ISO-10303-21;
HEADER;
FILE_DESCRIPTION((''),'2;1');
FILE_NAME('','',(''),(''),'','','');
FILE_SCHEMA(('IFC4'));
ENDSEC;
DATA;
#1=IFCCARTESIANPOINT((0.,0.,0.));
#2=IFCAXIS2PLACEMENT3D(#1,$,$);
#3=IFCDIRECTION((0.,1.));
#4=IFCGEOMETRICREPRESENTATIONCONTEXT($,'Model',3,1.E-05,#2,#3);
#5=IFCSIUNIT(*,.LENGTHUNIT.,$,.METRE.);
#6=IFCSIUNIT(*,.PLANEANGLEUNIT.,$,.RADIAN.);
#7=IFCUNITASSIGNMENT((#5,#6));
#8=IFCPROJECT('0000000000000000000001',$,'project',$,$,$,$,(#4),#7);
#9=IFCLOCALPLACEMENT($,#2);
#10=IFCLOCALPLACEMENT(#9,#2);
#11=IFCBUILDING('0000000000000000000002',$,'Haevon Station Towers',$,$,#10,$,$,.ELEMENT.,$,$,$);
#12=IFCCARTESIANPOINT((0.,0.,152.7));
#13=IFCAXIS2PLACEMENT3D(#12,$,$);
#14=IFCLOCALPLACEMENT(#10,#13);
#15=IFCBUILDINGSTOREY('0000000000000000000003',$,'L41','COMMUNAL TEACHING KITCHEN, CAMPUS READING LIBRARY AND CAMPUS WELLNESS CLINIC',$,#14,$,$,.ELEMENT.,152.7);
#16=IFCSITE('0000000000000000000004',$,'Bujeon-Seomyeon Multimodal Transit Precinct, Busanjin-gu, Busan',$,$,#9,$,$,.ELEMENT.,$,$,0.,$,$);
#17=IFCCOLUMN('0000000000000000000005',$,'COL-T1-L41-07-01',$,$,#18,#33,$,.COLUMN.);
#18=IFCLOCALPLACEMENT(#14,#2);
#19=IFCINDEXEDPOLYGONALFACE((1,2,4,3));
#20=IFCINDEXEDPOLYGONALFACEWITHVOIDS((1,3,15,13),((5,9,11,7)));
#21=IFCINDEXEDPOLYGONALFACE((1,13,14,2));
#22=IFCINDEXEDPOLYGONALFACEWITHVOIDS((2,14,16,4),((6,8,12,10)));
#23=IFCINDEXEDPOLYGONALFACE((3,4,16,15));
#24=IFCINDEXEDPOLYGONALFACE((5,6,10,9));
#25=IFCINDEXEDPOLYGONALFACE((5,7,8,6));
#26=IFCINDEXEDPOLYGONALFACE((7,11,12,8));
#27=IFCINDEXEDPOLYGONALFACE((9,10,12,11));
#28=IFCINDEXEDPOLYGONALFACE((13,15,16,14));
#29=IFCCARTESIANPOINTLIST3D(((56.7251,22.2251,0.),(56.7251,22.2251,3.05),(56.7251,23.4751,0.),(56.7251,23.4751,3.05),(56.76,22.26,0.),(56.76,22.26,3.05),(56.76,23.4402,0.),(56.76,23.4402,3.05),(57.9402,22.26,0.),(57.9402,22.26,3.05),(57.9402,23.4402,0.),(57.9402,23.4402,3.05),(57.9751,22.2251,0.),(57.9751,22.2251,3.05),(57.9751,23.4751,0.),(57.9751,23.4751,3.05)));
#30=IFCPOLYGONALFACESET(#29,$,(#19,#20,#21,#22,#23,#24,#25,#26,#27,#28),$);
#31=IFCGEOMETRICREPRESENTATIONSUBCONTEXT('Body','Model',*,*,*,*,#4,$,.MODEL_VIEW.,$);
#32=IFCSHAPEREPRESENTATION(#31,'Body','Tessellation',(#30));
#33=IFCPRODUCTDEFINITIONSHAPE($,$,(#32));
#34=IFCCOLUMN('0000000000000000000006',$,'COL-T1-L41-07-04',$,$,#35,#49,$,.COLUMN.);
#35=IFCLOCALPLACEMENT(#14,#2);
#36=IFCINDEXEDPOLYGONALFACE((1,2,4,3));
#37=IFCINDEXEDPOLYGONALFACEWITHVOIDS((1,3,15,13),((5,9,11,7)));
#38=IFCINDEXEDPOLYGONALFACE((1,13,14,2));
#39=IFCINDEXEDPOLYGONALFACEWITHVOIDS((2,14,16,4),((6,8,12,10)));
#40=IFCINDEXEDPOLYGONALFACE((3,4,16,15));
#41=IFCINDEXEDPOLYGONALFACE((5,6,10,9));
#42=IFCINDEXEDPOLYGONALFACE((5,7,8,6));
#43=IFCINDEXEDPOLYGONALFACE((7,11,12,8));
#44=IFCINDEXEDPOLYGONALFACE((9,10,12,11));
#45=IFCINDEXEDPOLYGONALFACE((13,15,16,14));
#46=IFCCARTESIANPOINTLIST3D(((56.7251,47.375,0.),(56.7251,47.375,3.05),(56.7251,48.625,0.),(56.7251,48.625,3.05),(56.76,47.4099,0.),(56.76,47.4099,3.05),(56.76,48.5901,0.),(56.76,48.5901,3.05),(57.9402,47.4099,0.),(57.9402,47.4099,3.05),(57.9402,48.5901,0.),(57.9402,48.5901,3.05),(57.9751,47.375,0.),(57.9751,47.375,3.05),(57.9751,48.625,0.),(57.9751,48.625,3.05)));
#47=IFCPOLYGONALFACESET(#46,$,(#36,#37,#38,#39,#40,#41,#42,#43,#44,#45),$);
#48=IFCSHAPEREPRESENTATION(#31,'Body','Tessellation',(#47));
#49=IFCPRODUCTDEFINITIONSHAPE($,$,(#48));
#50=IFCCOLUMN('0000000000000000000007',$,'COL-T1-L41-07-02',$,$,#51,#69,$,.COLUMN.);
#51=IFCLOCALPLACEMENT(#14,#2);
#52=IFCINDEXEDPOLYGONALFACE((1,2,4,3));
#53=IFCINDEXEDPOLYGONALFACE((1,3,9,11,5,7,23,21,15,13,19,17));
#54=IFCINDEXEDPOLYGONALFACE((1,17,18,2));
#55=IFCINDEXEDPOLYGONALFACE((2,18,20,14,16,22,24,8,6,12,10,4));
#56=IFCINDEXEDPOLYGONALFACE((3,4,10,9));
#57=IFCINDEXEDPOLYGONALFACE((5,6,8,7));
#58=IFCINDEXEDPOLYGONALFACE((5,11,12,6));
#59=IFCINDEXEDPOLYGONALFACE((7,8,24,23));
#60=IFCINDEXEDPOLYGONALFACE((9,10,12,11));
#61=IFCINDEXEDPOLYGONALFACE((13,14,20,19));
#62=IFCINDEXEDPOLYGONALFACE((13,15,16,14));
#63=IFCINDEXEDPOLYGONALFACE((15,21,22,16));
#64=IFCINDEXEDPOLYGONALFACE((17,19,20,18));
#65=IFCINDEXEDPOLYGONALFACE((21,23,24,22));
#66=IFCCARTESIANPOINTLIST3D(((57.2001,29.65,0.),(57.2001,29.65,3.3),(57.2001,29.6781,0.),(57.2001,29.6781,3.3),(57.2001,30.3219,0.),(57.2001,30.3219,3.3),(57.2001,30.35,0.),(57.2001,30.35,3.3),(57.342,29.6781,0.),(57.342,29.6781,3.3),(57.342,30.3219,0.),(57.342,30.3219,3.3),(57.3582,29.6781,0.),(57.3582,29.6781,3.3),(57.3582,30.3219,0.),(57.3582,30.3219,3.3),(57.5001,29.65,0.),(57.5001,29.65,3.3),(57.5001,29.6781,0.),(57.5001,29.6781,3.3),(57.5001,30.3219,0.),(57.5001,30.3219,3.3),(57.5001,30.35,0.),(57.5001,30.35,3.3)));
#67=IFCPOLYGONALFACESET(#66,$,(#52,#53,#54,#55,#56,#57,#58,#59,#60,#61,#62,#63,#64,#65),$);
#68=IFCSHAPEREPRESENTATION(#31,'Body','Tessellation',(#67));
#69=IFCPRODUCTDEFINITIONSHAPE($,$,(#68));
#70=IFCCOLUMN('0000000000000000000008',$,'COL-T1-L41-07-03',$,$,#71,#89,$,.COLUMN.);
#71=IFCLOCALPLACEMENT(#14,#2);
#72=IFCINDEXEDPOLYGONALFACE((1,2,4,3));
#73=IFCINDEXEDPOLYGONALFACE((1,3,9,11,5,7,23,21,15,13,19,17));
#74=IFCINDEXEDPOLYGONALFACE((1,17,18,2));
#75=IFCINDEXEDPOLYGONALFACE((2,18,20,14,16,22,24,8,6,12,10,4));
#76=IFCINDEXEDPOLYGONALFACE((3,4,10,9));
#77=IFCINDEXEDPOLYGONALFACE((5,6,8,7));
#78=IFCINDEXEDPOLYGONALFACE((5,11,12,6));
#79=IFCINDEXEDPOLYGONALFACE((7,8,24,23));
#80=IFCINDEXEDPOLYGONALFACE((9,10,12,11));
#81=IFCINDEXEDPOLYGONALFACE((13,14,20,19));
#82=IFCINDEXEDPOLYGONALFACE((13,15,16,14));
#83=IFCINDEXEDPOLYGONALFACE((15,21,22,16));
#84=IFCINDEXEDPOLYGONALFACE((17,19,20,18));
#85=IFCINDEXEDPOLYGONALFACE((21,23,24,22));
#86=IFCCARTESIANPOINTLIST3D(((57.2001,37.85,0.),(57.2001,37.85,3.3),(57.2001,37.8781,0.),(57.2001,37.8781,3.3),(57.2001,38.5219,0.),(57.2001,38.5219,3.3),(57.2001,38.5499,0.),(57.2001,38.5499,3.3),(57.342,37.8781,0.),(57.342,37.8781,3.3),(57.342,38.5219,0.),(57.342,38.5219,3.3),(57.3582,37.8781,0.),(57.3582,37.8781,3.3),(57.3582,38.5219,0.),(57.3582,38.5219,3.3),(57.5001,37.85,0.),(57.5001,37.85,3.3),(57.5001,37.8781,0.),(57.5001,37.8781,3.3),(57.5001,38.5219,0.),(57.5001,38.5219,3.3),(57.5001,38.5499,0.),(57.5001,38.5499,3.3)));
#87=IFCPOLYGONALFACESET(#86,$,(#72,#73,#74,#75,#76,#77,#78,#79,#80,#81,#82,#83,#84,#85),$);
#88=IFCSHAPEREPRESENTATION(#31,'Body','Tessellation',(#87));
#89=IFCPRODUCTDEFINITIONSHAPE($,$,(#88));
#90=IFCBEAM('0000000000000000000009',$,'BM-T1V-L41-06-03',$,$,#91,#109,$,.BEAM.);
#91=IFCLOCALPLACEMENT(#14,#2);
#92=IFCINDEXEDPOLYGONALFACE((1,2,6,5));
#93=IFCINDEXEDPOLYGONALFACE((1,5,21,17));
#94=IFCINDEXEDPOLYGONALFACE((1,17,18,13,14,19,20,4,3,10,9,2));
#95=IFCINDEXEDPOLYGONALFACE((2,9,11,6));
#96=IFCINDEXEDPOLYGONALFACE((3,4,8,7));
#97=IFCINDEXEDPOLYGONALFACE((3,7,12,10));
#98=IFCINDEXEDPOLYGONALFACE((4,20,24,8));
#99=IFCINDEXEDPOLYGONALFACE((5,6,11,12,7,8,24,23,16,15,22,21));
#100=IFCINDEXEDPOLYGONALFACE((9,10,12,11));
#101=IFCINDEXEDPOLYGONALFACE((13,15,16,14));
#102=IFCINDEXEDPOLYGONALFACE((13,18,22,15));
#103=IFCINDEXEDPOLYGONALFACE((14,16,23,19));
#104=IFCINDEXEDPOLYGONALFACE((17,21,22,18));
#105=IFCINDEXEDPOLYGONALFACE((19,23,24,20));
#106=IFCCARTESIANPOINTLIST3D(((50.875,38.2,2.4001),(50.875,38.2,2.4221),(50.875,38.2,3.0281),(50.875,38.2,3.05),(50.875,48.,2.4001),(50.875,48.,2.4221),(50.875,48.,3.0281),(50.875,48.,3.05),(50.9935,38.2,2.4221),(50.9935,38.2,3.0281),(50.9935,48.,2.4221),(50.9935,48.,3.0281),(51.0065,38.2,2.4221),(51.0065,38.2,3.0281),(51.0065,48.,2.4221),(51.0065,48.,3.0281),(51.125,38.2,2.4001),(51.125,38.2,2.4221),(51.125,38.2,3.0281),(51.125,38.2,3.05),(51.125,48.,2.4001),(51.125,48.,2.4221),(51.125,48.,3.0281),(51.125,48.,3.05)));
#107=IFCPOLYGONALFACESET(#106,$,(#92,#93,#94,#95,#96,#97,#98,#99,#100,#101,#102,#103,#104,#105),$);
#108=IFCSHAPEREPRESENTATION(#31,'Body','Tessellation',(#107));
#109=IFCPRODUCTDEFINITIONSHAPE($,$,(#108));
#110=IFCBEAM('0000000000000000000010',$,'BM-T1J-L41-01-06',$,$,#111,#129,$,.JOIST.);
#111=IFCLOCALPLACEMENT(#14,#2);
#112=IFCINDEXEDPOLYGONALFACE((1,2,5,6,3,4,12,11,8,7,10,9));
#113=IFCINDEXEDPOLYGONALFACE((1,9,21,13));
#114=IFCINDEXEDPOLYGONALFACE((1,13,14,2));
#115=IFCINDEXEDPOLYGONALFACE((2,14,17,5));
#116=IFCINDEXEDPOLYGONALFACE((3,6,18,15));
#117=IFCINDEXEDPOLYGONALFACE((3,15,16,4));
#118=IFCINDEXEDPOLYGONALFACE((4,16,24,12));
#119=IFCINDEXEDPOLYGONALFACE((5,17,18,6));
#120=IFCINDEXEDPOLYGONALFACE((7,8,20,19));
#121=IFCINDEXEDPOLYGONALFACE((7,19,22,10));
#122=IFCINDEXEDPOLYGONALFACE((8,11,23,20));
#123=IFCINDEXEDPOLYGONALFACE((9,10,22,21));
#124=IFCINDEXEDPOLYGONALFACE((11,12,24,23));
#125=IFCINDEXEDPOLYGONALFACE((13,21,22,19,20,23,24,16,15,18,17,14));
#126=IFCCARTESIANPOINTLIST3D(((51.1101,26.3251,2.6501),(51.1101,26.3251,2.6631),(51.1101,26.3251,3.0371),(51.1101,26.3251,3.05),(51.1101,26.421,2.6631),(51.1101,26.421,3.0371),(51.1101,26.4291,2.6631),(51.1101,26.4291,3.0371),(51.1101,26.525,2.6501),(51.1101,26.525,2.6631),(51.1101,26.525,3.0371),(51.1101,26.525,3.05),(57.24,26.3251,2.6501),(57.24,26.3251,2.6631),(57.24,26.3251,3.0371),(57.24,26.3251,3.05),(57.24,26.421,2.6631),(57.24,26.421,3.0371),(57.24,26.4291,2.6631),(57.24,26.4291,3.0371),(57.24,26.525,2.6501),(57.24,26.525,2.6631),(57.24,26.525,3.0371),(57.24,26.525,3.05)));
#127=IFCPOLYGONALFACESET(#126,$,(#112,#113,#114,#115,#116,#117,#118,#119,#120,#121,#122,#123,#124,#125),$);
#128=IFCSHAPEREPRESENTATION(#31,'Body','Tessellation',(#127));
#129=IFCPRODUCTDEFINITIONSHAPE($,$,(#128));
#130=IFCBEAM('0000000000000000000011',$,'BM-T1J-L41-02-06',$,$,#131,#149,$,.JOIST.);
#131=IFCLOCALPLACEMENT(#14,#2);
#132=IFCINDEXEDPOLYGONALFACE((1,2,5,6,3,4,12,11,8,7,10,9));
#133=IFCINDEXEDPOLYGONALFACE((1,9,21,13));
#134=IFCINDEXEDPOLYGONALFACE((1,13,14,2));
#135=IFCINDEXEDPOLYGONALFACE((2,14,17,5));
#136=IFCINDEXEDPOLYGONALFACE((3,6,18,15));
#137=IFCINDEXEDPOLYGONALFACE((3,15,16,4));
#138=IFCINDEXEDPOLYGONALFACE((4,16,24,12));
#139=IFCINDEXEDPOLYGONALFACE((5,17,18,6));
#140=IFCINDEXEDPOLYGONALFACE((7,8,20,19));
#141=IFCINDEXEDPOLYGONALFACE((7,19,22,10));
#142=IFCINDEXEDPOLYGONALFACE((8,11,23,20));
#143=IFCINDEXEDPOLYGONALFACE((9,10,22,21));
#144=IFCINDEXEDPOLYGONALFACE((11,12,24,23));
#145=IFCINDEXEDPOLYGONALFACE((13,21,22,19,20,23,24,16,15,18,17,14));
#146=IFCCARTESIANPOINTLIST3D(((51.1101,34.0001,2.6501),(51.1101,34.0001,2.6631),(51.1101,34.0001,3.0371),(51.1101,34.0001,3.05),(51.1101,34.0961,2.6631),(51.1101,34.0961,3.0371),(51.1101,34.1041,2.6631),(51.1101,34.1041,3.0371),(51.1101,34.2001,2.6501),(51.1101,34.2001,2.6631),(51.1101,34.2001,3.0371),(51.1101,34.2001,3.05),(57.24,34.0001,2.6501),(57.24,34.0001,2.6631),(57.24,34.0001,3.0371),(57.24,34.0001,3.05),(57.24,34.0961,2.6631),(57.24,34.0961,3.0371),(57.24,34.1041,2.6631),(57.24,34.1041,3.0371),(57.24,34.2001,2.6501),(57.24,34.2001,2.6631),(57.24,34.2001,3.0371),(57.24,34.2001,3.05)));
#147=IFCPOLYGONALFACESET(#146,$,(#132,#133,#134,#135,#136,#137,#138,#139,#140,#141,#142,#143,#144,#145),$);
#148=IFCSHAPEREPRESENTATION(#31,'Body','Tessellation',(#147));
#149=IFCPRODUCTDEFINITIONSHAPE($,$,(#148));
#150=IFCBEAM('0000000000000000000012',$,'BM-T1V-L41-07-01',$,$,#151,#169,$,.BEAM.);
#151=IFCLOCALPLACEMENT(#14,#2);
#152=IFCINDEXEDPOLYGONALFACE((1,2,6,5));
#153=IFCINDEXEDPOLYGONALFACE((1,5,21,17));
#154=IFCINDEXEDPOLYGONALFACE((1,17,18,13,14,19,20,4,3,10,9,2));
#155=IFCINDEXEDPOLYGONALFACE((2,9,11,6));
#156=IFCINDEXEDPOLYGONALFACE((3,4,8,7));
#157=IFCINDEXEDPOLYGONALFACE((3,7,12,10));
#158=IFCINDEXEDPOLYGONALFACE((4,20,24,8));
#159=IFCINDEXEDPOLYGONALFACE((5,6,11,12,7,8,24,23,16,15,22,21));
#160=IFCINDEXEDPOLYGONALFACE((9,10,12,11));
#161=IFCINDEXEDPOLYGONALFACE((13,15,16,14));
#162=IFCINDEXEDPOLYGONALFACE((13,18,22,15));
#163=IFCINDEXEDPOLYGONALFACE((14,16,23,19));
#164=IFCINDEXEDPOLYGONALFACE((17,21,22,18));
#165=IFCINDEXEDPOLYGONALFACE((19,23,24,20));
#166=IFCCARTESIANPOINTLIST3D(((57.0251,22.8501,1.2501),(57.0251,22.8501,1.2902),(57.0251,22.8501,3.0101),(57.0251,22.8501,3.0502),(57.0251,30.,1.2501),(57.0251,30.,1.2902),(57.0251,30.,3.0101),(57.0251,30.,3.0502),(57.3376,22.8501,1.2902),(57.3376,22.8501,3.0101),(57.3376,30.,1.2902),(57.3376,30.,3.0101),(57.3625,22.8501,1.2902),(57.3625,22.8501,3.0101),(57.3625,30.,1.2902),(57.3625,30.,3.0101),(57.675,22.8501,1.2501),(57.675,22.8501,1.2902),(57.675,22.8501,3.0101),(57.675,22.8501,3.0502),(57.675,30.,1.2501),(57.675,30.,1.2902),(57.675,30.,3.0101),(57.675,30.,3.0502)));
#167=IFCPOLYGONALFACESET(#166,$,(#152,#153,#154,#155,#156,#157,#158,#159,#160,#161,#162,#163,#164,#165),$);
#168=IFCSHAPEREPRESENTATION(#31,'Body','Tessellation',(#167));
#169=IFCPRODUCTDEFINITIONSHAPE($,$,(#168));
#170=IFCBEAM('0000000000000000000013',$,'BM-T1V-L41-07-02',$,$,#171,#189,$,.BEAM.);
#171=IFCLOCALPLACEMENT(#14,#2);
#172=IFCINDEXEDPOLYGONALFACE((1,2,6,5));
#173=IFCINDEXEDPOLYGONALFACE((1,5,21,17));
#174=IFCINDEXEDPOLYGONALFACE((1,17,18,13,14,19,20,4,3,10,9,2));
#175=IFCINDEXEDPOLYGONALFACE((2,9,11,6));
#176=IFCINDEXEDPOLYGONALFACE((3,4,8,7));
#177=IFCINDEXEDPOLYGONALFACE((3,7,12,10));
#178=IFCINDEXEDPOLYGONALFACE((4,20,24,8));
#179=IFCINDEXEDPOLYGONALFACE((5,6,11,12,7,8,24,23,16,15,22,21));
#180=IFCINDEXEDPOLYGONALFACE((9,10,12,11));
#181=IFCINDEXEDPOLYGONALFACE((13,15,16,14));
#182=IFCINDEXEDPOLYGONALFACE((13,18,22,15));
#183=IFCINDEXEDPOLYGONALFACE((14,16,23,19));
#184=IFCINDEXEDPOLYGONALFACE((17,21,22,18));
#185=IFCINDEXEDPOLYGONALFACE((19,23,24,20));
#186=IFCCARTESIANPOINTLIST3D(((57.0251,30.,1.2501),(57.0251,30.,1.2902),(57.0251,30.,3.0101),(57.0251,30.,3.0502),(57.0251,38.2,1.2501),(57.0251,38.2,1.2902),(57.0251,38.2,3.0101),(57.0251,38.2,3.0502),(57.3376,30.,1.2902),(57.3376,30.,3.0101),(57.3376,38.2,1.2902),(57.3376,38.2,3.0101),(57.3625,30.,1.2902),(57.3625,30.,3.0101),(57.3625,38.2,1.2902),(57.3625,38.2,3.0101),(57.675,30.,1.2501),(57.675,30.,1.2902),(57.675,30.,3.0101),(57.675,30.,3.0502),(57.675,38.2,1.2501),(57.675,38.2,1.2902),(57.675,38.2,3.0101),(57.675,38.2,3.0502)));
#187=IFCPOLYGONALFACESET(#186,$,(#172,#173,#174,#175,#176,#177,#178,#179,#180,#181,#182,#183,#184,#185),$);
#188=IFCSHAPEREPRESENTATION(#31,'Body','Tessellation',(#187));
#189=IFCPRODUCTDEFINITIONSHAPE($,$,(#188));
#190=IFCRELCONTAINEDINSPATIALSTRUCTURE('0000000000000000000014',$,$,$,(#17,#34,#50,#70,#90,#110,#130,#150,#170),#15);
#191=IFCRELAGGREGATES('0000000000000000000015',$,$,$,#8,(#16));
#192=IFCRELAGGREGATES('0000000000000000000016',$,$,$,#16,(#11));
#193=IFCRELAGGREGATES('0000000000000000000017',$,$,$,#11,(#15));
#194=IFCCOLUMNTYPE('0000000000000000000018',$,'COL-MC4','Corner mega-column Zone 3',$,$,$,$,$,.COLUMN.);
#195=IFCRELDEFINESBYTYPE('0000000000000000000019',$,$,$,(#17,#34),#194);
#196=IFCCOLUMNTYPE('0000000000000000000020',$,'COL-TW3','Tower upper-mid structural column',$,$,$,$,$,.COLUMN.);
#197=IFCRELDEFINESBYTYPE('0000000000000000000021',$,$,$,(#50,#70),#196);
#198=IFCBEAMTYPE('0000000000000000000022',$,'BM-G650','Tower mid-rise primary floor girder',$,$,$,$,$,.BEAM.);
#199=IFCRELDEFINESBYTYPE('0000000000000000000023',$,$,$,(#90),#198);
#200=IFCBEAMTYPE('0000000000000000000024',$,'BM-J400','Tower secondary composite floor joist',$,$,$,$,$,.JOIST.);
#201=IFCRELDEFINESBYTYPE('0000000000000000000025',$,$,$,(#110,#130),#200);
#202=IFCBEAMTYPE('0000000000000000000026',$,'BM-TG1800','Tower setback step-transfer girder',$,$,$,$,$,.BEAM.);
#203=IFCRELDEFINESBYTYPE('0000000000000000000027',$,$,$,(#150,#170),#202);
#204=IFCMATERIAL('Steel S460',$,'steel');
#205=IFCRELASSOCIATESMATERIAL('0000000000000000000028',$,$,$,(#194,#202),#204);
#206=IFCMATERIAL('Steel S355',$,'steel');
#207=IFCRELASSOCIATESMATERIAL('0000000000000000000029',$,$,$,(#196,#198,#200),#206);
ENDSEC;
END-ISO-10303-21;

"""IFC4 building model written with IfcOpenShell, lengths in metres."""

from ifc_helpers import new_model, si_unit, direction, frame, origin, origin_2d, place, context, subcontext, project, spatial, hollow_rectangle, i_section, extrude, material, material_profile, profile_set, type_object, element, save


model = new_model("IFC4")

# Units and contexts
model_context = context("Model", 3, precision=1e-05, world=origin(), true_north=direction((0.0, 1.0)))
body_context = subcontext(model_context, "Body", "Model", "MODEL_VIEW")
ifc_project = project(units=[si_unit("LENGTHUNIT", "METRE"), si_unit("PLANEANGLEUNIT", "RADIAN")], contexts=[model_context])

# Site, building, storey
site_placement = place(None, origin())
site = spatial("IfcSite", under=ifc_project, at=site_placement, Name="Bujeon-Seomyeon Multimodal Transit Precinct, Busanjin-gu, Busan", CompositionType="ELEMENT", RefElevation=0.0)
building_placement = place(site_placement, origin())
building = spatial("IfcBuilding", under=site, at=building_placement, Name="Haevon Station Towers", CompositionType="ELEMENT")
storey_placement = place(building_placement, frame((0.0, 0.0, 152.7)))
storey = spatial("IfcBuildingStorey", under=building, at=storey_placement, Name="L41", Description="COMMUNAL TEACHING KITCHEN, CAMPUS READING LIBRARY AND CAMPUS WELLNESS CLINIC", CompositionType="ELEMENT", Elevation=152.7)

# Columns
ifc_material_1 = material(Name="Steel S460", Category="steel")
ifc_material_profile_1 = material_profile(ifc_material_1, hollow_rectangle(XDim=1.25, YDim=1.25, WallThickness=0.0349, at=origin_2d()), Name="BOX-1250x1250x35")
ifc_profile_set_1 = profile_set([ifc_material_profile_1], Name="Steel S460")
column_type_1 = type_object("IfcColumnType", Name="COL-MC4", Description="Corner mega-column Zone 3", PredefinedType="COLUMN", material=ifc_profile_set_1)
for number, where, z_axis, x_axis, name in (
    (1, (57.3501, 22.8501, 0.0), (0.0, 0.0, 1.0), (1.0, 0.0, 0.0), "COL-T1-L41-07-01"),
    (2, (57.3501, 48.0, 0.0), (0.0, 0.0, 1.0), (1.0, 0.0, 0.0), "COL-T1-L41-07-04"),
):
    element("IfcColumn", number, at=place(storey_placement, frame(where, z_axis=z_axis, x_axis=x_axis)), inside=storey, type_object=column_type_1, Name=name, PredefinedType="COLUMN", context=body_context, shape_type="SweptSolid", body=[
        extrude(hollow_rectangle(XDim=1.25, YDim=1.25, WallThickness=0.0349, at=origin_2d()), origin(), (0.0, 0.0, 1.0), 3.05),
    ])
ifc_material_2 = material(Name="Steel S355", Category="steel")
ifc_material_profile_2 = material_profile(ifc_material_2, i_section(OverallWidth=0.3, OverallDepth=0.7, WebThickness=0.0161, FlangeThickness=0.0281, at=origin_2d()), Name="H-700x300x16x28")
ifc_profile_set_2 = profile_set([ifc_material_profile_2], Name="Steel S355")
column_type_2 = type_object("IfcColumnType", Name="COL-TW3", Description="Tower upper-mid structural column", PredefinedType="COLUMN", material=ifc_profile_set_2)
for number, where, z_axis, x_axis, name in (
    (3, (57.3501, 30.0, 0.0), (0.0, 0.0, 1.0), (1.0, 0.0, 0.0), "COL-T1-L41-07-02"),
    (4, (57.3501, 38.2, 0.0), (0.0, 0.0, 1.0), (1.0, 0.0, 0.0), "COL-T1-L41-07-03"),
):
    element("IfcColumn", number, at=place(storey_placement, frame(where, z_axis=z_axis, x_axis=x_axis)), inside=storey, type_object=column_type_2, Name=name, PredefinedType="COLUMN", context=body_context, shape_type="SweptSolid", body=[
        extrude(i_section(OverallWidth=0.3, OverallDepth=0.7, WebThickness=0.0161, FlangeThickness=0.0281, at=origin_2d()), origin(), (0.0, 0.0, 1.0), 3.3),
    ])

# Beams
ifc_material_profile_3 = material_profile(ifc_material_2, i_section(OverallWidth=0.25, OverallDepth=0.6499, WebThickness=0.0129, FlangeThickness=0.022, at=origin_2d()), Name="H-650x250x13x22")
ifc_profile_set_3 = profile_set([ifc_material_profile_3], Name="Steel S355")
beam_type_1 = type_object("IfcBeamType", Name="BM-G650", Description="Tower mid-rise primary floor girder", PredefinedType="BEAM", material=ifc_profile_set_3)
beam_1_placement = place(storey_placement, frame((51.0, 38.2, 2.7251), z_axis=(0.0, 1.0, 0.0), x_axis=(-1.0, 0.0, 0.0)))
element("IfcBeam", 5, at=beam_1_placement, inside=storey, type_object=beam_type_1, Name="BM-T1V-L41-06-03", PredefinedType="BEAM", context=body_context, shape_type="SweptSolid", body=[
    extrude(i_section(OverallWidth=0.25, OverallDepth=0.6499, WebThickness=0.0129, FlangeThickness=0.022, at=origin_2d()), origin(), (0.0, 0.0, 1.0), 9.8),
])
ifc_material_profile_4 = material_profile(ifc_material_2, i_section(OverallWidth=0.2, OverallDepth=0.3999, WebThickness=0.0081, FlangeThickness=0.0129, at=origin_2d()), Name="H-400x200x8x13")
ifc_profile_set_4 = profile_set([ifc_material_profile_4], Name="Steel S355")
beam_type_2 = type_object("IfcBeamType", Name="BM-J400", Description="Tower secondary composite floor joist", PredefinedType="JOIST", material=ifc_profile_set_4)
for number, where, z_axis, x_axis, name in (
    (6, (51.1101, 26.425, 2.8501), (1.0, 0.0, 0.0), (0.0, 1.0, 0.0), "BM-T1J-L41-01-06"),
    (7, (51.1101, 34.1001, 2.8501), (1.0, 0.0, 0.0), (0.0, 1.0, 0.0), "BM-T1J-L41-02-06"),
):
    element("IfcBeam", number, at=place(storey_placement, frame(where, z_axis=z_axis, x_axis=x_axis)), inside=storey, type_object=beam_type_2, Name=name, PredefinedType="JOIST", context=body_context, shape_type="SweptSolid", body=[
        extrude(i_section(OverallWidth=0.2, OverallDepth=0.3999, WebThickness=0.0081, FlangeThickness=0.0129, at=origin_2d()), origin(), (0.0, 0.0, 1.0), 6.1299),
    ])
ifc_material_profile_5 = material_profile(ifc_material_1, i_section(OverallWidth=0.6499, OverallDepth=1.8, WebThickness=0.0249, FlangeThickness=0.04, at=origin_2d()), Name="H-1800x650x25x40")
ifc_profile_set_5 = profile_set([ifc_material_profile_5], Name="Steel S460")
beam_type_3 = type_object("IfcBeamType", Name="BM-TG1800", Description="Tower setback step-transfer girder", PredefinedType="BEAM", material=ifc_profile_set_5)
beam_2_placement = place(storey_placement, frame((57.3501, 22.8501, 2.1501), z_axis=(0.0, 1.0, 0.0), x_axis=(-1.0, 0.0, 0.0)))
element("IfcBeam", 8, at=beam_2_placement, inside=storey, type_object=beam_type_3, Name="BM-T1V-L41-07-01", PredefinedType="BEAM", context=body_context, shape_type="SweptSolid", body=[
    extrude(i_section(OverallWidth=0.6499, OverallDepth=1.8, WebThickness=0.0249, FlangeThickness=0.04, at=origin_2d()), origin(), (0.0, 0.0, 1.0), 7.1499),
])
beam_3_placement = place(storey_placement, frame((57.3501, 30.0, 2.1501), z_axis=(0.0, 1.0, 0.0), x_axis=(-1.0, 0.0, 0.0)))
element("IfcBeam", 9, at=beam_3_placement, inside=storey, type_object=beam_type_3, Name="BM-T1V-L41-07-02", PredefinedType="BEAM", context=body_context, shape_type="SweptSolid", body=[
    extrude(i_section(OverallWidth=0.6499, OverallDepth=1.8, WebThickness=0.0249, FlangeThickness=0.04, at=origin_2d()), origin(), (0.0, 0.0, 1.0), 8.2),
])

save(model, "model.ifc")
